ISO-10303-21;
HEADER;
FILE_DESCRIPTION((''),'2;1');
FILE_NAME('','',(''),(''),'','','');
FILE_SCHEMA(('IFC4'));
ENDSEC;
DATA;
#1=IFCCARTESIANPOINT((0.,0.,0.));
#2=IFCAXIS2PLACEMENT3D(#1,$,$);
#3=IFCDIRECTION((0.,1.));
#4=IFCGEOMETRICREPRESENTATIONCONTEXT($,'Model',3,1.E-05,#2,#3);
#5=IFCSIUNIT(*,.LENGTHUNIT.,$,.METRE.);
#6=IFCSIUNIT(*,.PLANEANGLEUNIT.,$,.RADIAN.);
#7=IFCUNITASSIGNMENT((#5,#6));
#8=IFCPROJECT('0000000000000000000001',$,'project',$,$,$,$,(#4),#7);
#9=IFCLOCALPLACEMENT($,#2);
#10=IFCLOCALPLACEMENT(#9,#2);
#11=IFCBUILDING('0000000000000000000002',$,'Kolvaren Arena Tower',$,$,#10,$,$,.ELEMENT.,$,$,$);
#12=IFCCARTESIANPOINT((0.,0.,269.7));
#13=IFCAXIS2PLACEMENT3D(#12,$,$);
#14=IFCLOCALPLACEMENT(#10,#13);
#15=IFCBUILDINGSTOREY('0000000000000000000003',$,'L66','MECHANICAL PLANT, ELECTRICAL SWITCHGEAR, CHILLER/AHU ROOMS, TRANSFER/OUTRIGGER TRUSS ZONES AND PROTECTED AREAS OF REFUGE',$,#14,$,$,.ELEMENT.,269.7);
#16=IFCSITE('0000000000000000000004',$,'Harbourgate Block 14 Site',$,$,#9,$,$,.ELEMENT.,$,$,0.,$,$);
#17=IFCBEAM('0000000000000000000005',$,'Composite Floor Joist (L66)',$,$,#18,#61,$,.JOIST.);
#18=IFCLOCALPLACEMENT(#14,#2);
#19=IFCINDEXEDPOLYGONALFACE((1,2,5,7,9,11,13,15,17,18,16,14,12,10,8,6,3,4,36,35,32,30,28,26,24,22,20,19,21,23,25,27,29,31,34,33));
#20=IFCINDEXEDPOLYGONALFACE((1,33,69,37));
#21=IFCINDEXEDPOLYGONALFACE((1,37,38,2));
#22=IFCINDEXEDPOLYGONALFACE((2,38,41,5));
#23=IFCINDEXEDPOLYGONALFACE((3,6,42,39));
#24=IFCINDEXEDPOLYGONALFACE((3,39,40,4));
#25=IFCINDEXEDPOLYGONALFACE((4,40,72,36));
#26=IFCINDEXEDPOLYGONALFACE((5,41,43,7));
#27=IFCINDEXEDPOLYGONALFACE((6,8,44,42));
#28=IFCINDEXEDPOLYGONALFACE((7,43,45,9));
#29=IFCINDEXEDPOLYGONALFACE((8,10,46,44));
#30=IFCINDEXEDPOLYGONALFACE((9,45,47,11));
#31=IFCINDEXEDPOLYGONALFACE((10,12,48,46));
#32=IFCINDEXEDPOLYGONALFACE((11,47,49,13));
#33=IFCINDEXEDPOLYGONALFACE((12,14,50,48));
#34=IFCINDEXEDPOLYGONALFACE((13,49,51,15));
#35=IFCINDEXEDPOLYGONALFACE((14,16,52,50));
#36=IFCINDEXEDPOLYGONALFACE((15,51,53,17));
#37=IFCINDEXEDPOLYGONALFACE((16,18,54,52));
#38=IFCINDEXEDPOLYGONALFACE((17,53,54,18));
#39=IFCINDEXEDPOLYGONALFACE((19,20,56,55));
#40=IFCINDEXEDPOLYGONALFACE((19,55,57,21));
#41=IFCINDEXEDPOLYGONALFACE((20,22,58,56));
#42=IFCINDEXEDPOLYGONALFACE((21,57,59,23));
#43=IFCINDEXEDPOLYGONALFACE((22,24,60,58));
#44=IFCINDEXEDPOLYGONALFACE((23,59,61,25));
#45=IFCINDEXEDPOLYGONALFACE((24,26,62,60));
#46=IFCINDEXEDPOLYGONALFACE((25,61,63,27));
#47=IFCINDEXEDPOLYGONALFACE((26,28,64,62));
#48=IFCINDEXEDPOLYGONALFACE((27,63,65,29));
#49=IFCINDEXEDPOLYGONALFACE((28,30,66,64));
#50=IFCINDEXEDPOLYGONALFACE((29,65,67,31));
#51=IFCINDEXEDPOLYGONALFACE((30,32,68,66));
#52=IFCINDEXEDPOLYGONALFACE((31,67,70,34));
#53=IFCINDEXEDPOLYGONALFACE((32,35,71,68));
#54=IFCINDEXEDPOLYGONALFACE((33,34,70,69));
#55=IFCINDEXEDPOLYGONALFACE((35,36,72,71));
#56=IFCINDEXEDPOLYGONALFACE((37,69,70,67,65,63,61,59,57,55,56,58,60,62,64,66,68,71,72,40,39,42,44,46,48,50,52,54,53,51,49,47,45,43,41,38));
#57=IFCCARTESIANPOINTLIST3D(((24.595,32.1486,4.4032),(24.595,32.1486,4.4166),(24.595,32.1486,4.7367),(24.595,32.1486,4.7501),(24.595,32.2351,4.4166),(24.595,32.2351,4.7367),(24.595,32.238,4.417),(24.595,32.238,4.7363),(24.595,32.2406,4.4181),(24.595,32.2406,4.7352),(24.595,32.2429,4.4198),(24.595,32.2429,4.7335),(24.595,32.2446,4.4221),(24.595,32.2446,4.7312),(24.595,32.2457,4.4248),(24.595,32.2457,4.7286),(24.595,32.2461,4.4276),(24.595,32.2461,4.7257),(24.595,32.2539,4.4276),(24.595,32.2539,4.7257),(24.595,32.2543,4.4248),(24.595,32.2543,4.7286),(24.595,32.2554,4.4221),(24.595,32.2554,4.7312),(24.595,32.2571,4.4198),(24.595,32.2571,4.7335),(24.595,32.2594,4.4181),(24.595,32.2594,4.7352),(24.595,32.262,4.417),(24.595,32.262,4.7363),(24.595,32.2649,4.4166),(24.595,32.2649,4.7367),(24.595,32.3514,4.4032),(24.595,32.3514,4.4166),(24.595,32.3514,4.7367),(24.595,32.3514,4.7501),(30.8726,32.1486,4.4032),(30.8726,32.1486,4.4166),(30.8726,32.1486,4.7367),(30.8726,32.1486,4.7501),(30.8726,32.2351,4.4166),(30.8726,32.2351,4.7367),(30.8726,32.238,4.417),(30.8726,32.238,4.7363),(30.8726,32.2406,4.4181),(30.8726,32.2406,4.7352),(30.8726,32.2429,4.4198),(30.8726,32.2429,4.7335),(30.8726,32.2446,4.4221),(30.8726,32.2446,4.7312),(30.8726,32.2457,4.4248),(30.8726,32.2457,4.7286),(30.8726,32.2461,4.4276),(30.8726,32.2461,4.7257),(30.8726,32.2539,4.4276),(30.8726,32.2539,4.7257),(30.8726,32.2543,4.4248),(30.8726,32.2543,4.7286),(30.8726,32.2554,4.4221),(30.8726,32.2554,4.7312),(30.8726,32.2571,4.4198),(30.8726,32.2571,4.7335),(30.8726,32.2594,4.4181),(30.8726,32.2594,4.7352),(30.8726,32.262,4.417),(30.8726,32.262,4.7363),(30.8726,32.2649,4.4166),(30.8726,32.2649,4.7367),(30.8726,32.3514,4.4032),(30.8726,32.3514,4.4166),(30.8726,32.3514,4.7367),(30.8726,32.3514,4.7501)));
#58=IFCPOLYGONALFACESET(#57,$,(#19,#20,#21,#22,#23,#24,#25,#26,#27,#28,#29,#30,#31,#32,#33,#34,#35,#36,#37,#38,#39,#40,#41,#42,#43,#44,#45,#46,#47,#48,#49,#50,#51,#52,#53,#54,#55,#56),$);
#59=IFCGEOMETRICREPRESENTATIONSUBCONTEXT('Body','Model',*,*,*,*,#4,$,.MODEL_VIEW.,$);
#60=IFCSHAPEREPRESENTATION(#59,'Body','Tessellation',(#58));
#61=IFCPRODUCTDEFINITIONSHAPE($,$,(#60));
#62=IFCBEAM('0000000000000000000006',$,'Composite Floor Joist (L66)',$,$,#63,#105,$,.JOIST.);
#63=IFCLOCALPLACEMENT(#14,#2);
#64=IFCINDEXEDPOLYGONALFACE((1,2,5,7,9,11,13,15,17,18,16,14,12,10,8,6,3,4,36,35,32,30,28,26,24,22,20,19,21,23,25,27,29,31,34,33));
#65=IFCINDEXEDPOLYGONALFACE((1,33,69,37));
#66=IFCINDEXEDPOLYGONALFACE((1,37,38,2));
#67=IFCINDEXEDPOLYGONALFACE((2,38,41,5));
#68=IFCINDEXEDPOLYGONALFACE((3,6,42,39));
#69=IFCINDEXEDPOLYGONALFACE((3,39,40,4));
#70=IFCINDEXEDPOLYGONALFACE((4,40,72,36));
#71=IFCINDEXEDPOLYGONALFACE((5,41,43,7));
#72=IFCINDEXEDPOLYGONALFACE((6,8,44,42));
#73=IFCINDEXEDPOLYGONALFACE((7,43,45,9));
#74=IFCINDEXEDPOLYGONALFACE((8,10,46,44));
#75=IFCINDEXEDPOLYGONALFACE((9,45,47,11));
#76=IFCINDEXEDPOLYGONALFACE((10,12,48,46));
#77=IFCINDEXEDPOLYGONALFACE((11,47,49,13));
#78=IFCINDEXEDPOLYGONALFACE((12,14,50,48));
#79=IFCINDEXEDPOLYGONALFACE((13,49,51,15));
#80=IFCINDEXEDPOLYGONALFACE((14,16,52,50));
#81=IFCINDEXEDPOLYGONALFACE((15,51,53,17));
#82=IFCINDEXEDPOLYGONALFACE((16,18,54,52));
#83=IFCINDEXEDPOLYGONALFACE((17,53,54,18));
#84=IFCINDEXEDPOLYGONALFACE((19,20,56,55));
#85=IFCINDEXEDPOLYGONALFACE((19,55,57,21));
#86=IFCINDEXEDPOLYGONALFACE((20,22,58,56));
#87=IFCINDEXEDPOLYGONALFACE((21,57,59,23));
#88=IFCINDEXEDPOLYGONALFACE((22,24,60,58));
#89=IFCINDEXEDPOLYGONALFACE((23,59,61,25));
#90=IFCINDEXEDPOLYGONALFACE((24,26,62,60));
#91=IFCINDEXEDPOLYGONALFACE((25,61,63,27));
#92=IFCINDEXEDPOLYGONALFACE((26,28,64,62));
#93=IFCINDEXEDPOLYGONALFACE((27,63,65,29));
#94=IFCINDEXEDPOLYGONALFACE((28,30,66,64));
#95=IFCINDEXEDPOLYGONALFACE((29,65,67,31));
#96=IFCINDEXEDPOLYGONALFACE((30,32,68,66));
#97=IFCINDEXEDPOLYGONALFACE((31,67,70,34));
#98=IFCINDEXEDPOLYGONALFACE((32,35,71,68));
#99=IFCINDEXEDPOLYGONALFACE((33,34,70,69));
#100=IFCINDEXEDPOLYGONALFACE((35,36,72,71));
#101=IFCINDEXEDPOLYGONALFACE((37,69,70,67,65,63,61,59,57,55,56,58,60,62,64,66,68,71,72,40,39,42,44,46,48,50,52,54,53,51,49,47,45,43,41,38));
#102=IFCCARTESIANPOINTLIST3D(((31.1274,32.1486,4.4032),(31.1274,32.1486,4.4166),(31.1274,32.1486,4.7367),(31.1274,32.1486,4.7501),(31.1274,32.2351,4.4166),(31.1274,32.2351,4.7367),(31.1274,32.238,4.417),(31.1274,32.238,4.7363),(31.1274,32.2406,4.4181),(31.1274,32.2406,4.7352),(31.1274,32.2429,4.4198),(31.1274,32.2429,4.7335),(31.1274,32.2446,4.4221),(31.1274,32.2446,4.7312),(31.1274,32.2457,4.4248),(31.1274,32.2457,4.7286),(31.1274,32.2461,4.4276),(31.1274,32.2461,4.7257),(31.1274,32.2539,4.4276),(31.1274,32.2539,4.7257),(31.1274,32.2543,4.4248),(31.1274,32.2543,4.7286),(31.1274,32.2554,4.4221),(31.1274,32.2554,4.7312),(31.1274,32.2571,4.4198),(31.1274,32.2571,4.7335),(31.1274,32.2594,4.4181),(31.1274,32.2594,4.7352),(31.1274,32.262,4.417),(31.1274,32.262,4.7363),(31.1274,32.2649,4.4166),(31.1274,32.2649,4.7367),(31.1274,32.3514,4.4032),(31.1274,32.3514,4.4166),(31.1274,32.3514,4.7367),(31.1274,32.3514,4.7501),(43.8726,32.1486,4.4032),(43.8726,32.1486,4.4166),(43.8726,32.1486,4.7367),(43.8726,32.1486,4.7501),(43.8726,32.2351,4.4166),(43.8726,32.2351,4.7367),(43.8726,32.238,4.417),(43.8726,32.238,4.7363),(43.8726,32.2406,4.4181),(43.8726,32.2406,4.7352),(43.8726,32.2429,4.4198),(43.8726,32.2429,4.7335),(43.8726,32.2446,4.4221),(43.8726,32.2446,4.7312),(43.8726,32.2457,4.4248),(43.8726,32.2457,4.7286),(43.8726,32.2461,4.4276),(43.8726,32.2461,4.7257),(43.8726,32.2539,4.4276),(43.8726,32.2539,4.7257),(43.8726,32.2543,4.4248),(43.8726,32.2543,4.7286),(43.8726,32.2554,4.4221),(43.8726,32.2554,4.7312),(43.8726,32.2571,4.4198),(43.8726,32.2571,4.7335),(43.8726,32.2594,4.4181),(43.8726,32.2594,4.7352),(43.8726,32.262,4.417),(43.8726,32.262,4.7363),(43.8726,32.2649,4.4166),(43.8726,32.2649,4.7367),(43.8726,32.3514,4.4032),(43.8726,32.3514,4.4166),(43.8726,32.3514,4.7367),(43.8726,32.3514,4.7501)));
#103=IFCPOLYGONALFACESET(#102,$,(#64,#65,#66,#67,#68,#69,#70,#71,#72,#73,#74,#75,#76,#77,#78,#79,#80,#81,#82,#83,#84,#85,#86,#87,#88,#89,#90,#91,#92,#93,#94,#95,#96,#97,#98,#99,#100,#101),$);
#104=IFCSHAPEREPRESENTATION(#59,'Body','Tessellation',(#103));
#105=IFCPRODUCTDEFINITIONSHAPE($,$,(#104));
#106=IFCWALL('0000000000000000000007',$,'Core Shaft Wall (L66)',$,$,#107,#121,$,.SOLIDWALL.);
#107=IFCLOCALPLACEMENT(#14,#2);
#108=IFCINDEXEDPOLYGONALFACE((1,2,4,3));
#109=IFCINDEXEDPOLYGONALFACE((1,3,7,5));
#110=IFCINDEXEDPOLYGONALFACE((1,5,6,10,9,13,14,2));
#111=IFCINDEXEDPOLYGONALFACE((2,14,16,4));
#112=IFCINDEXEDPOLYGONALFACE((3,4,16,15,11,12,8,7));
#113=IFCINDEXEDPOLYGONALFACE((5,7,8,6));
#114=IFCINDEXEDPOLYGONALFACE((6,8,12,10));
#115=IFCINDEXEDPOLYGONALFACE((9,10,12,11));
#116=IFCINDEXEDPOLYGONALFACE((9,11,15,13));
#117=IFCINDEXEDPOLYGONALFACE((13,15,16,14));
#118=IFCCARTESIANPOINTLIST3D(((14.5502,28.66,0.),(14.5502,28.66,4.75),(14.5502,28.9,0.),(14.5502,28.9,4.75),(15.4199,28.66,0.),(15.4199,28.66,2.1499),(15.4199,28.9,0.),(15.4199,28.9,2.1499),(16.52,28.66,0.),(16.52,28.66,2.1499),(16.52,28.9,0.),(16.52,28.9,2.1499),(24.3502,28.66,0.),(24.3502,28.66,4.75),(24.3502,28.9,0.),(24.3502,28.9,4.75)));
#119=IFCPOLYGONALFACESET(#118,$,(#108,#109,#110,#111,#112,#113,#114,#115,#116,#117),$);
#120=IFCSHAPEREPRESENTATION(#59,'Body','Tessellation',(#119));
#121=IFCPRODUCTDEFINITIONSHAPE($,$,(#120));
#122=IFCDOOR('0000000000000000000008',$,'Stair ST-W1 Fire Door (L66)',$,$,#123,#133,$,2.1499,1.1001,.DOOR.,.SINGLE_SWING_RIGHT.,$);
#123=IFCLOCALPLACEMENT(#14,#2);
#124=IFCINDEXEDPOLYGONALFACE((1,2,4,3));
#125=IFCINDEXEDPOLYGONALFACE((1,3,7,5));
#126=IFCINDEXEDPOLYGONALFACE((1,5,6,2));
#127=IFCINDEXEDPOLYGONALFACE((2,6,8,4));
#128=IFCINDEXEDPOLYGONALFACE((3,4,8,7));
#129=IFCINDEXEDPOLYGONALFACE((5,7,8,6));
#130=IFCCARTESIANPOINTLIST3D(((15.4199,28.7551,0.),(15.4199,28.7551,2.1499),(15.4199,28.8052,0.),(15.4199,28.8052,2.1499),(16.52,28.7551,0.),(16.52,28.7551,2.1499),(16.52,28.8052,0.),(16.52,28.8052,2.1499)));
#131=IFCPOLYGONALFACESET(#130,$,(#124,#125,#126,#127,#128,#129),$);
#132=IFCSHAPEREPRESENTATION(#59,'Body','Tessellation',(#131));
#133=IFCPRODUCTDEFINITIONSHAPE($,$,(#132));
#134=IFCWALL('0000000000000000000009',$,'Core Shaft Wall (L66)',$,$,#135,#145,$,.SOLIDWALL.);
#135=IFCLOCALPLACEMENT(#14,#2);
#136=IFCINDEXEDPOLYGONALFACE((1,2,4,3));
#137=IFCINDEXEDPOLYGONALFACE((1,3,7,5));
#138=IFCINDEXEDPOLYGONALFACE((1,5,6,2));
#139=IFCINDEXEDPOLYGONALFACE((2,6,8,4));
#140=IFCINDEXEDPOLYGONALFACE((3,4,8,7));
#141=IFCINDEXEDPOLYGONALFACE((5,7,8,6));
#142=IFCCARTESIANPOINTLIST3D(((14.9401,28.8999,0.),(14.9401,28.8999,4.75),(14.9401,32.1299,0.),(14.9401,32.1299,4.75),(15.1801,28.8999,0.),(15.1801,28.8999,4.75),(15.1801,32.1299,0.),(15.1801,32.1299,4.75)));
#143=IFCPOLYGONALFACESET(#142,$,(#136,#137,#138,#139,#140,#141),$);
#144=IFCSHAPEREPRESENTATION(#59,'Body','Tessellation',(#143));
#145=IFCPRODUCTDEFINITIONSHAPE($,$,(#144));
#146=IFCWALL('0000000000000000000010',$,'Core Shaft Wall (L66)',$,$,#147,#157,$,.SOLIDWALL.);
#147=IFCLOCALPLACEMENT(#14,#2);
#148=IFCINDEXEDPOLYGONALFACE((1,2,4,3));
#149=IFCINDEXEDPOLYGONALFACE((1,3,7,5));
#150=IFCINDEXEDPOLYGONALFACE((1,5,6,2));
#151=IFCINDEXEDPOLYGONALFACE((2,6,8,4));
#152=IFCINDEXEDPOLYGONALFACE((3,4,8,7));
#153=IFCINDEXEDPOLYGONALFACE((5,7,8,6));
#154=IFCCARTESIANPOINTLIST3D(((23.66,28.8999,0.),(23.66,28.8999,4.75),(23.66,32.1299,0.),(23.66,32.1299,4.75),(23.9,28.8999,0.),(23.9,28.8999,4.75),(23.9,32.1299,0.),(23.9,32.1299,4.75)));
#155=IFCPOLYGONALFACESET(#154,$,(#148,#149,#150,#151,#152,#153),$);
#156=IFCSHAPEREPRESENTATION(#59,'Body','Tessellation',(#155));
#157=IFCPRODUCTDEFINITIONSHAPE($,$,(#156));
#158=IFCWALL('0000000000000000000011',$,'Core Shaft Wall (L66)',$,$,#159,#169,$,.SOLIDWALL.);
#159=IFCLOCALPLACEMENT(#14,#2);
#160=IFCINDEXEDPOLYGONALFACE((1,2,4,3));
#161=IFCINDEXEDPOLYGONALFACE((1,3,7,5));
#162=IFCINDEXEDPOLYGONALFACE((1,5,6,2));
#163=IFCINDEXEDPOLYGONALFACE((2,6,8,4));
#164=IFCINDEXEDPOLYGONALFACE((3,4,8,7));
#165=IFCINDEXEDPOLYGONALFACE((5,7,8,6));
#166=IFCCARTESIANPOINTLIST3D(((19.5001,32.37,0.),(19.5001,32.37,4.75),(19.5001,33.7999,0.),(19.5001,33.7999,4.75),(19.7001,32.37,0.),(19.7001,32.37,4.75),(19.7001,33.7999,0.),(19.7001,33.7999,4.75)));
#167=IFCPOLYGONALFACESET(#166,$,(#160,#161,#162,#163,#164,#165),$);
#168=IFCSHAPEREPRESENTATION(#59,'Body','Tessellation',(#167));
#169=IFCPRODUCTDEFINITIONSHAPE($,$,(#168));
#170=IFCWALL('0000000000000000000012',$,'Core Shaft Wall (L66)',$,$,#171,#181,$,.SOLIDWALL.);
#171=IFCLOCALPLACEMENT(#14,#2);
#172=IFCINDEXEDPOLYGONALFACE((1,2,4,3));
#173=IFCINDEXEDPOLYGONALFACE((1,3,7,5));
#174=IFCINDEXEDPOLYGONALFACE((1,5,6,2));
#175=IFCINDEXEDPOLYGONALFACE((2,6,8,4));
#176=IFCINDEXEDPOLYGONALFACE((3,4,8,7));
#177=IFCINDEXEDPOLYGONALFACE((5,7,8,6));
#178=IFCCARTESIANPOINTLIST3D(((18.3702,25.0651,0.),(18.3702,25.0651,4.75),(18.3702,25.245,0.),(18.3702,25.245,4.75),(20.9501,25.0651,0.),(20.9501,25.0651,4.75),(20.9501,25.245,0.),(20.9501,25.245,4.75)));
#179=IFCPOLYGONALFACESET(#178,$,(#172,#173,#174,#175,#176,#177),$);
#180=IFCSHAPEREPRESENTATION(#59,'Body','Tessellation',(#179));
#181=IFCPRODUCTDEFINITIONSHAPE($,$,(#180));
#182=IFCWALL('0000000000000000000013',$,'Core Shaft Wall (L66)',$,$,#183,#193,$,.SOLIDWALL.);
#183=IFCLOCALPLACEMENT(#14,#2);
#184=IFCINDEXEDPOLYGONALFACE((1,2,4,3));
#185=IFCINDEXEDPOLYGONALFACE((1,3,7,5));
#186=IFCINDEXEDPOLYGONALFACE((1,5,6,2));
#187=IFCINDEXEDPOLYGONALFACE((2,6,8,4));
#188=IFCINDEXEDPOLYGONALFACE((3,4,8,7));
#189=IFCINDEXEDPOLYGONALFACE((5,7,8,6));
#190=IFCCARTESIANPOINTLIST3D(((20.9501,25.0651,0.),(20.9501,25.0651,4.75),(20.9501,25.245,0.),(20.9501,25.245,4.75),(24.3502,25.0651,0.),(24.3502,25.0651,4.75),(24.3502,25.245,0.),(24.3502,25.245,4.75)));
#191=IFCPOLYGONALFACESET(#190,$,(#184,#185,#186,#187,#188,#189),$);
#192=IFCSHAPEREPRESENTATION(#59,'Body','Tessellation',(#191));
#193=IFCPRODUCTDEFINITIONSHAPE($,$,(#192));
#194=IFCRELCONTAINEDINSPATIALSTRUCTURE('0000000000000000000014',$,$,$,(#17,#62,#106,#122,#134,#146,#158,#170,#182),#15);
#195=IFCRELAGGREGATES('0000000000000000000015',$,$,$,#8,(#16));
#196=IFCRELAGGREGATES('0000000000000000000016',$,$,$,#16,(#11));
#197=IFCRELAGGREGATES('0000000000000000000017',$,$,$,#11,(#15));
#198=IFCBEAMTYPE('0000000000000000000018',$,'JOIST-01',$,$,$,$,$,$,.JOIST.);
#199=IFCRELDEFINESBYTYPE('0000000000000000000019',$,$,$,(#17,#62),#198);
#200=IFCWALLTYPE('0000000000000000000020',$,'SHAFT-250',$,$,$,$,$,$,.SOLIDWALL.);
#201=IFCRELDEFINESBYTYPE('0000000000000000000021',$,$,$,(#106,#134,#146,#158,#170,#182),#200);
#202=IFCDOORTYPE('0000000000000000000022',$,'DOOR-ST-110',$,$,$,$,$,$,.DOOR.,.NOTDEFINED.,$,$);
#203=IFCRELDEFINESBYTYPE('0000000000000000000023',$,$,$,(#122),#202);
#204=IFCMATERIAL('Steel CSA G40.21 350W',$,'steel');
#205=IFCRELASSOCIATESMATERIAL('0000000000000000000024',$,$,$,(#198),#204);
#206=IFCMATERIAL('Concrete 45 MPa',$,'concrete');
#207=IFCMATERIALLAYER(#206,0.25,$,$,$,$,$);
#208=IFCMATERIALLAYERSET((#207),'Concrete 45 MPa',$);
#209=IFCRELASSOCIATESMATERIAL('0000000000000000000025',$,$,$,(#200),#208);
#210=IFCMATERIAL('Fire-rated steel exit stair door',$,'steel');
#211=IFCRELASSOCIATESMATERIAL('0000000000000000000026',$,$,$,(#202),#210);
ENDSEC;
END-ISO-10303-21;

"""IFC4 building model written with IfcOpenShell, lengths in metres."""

from ifc_helpers import new_model, si_unit, direction, frame, frame_2d, origin, origin_2d, place, context, subcontext, project, spatial, rectangle, i_section, extrude, material, layer, layer_set, material_profile, profile_set, type_object, element, fill, save


model = new_model("IFC4")

# Units and contexts
model_context = context("Model", 3, precision=1e-05, world=origin(), true_north=direction((0.0, 1.0)))
body_context = subcontext(model_context, "Body", "Model", "MODEL_VIEW")
ifc_project = project(units=[si_unit("LENGTHUNIT", "METRE"), si_unit("PLANEANGLEUNIT", "RADIAN")], contexts=[model_context])

# Site, building, storey
site_placement = place(None, origin())
site = spatial("IfcSite", under=ifc_project, at=site_placement, Name="Harbourgate Block 14 Site", CompositionType="ELEMENT", RefElevation=0.0)
building_placement = place(site_placement, origin())
building = spatial("IfcBuilding", under=site, at=building_placement, Name="Kolvaren Arena Tower", CompositionType="ELEMENT")
storey_placement = place(building_placement, frame((0.0, 0.0, 269.7)))
storey = spatial("IfcBuildingStorey", under=building, at=storey_placement, Name="L66", Description="MECHANICAL PLANT, ELECTRICAL SWITCHGEAR, CHILLER/AHU ROOMS, TRANSFER/OUTRIGGER TRUSS ZONES AND PROTECTED AREAS OF REFUGE", CompositionType="ELEMENT", Elevation=269.7)

# Beams
ifc_material_1 = material(Name="Steel CSA G40.21 350W", Category="steel")
ifc_material_profile_1 = material_profile(ifc_material_1, i_section(OverallWidth=0.2029, OverallDepth=0.3469, WebThickness=0.0078, FlangeThickness=0.0134, FilletRadius=0.011, at=origin_2d()), Name="W360x64")
ifc_profile_set_1 = profile_set([ifc_material_profile_1], Name="Steel CSA G40.21 350W")
beam_type_1 = type_object("IfcBeamType", Name="JOIST-01", PredefinedType="JOIST", material=ifc_profile_set_1)
for number, where, z_axis, x_axis, name in (
    (1, (24.595, 32.25, 4.5767), (1.0, 0.0, 0.0), (0.0, 1.0, 0.0), "Composite Floor Joist (L66)"),
):
    element("IfcBeam", number, at=place(storey_placement, frame(where, z_axis=z_axis, x_axis=x_axis)), inside=storey, type_object=beam_type_1, Name=name, PredefinedType="JOIST", context=body_context, shape_type="SweptSolid", body=[
        extrude(i_section(OverallWidth=0.2029, OverallDepth=0.3469, WebThickness=0.0078, FlangeThickness=0.0134, FilletRadius=0.011, at=origin_2d()), origin(), (0.0, 0.0, 1.0), 6.2776),
    ])
beam_1_placement = place(storey_placement, frame((31.1274, 32.25, 4.5767), z_axis=(1.0, 0.0, 0.0), x_axis=(0.0, 1.0, 0.0)))
element("IfcBeam", 2, at=beam_1_placement, inside=storey, type_object=beam_type_1, Name="Composite Floor Joist (L66)", PredefinedType="JOIST", context=body_context, shape_type="SweptSolid", body=[
    extrude(i_section(OverallWidth=0.2029, OverallDepth=0.3469, WebThickness=0.0078, FlangeThickness=0.0134, FilletRadius=0.011, at=origin_2d()), origin(), (0.0, 0.0, 1.0), 12.7451),
])

# Wall, opening, door
ifc_material_2 = material(Name="Concrete 45 MPa", Category="concrete")
ifc_layer = layer(ifc_material_2, 0.25)
ifc_layer_set = layer_set([ifc_layer], Name="Concrete 45 MPa")
wall_type = type_object("IfcWallType", Name="SHAFT-250", PredefinedType="SOLIDWALL", material=ifc_layer_set)
wall_1_placement = place(storey_placement, frame((24.3501, 28.78, 0.0), z_axis=(0.0, 0.0, 1.0), x_axis=(-1.0, 0.0, 0.0)))
wall_1 = element("IfcWall", 3, at=wall_1_placement, inside=storey, type_object=wall_type, Name="Core Shaft Wall (L66)", PredefinedType="SOLIDWALL", context=body_context, shape_type="SweptSolid", body=[
    extrude(rectangle(XDim=9.8, YDim=0.24, at=frame_2d((4.8999, 0.0))), origin(), (0.0, 0.0, 1.0), 4.75),
])
opening_1_placement = place(wall_1_placement, frame((7.8301, 0.0, 0.0)))
opening_1 = element("IfcOpeningElement", 4, at=opening_1_placement, cuts=wall_1, PredefinedType="OPENING", context=body_context, shape_type="SweptSolid", body=[
    extrude(rectangle(XDim=1.1001, YDim=2.1499, at=frame_2d((0.55, 1.075))), frame((0.0, 0.1299, 0.0), z_axis=(0.0, -1.0, 0.0), x_axis=(1.0, 0.0, 0.0)), (0.0, 0.0, 1.0), 0.26),
])
ifc_material_3 = material(Name="Fire-rated steel exit stair door", Category="steel")
door_type_1 = type_object("IfcDoorType", Name="DOOR-ST-110", OperationType="NOTDEFINED", PredefinedType="DOOR", material=ifc_material_3)
door_1_placement = place(opening_1_placement, origin())
door_1 = element("IfcDoor", 5, at=door_1_placement, inside=storey, type_object=door_type_1, Name="Stair ST-W1 Fire Door (L66)", OperationType="SINGLE_SWING_RIGHT", OverallHeight=2.1499, OverallWidth=1.1001, PredefinedType="DOOR", context=body_context, shape_type="SweptSolid", body=[
    extrude(rectangle(XDim=1.1001, YDim=2.1499, at=frame_2d((0.55, 1.075))), frame((0.0, 0.0249, 0.0), z_axis=(0.0, -1.0, 0.0), x_axis=(1.0, 0.0, 0.0)), (0.0, 0.0, 1.0), 0.05),
])
fill(opening_1, door_1)

# Walls
for number, where, z_axis, x_axis, name in (
    (6, (15.0601, 28.8999, 0.0), (0.0, 0.0, 1.0), (0.0, 1.0, 0.0), "Core Shaft Wall (L66)"),
    (7, (23.78, 28.8999, 0.0), (0.0, 0.0, 1.0), (0.0, 1.0, 0.0), "Core Shaft Wall (L66)"),
):
    element("IfcWall", number, at=place(storey_placement, frame(where, z_axis=z_axis, x_axis=x_axis)), inside=storey, type_object=wall_type, Name=name, PredefinedType="SOLIDWALL", context=body_context, shape_type="SweptSolid", body=[
        extrude(rectangle(XDim=3.23, YDim=0.24, at=frame_2d((1.615, 0.0))), origin(), (0.0, 0.0, 1.0), 4.75),
    ])
wall_2_placement = place(storey_placement, frame((19.6001, 32.3701, 0.0), z_axis=(0.0, 0.0, 1.0), x_axis=(0.0, 1.0, 0.0)))
element("IfcWall", 8, at=wall_2_placement, inside=storey, type_object=wall_type, Name="Core Shaft Wall (L66)", PredefinedType="SOLIDWALL", context=body_context, shape_type="SweptSolid", body=[
    extrude(rectangle(XDim=1.4299, YDim=0.2, at=frame_2d((0.7148, 0.0))), origin(), (0.0, 0.0, 1.0), 4.75),
])
wall_3_placement = place(storey_placement, frame((18.3701, 25.155, 0.0), z_axis=(0.0, 0.0, 1.0), x_axis=(1.0, 0.0, 0.0)))
element("IfcWall", 9, at=wall_3_placement, inside=storey, type_object=wall_type, Name="Core Shaft Wall (L66)", PredefinedType="SOLIDWALL", context=body_context, shape_type="SweptSolid", body=[
    extrude(rectangle(XDim=2.5798, YDim=0.1799, at=frame_2d((1.29, 0.0))), origin(), (0.0, 0.0, 1.0), 4.75),
])
wall_4_placement = place(storey_placement, frame((20.95, 25.155, 0.0), z_axis=(0.0, 0.0, 1.0), x_axis=(1.0, 0.0, 0.0)))
element("IfcWall", 10, at=wall_4_placement, inside=storey, type_object=wall_type, Name="Core Shaft Wall (L66)", PredefinedType="SOLIDWALL", context=body_context, shape_type="SweptSolid", body=[
    extrude(rectangle(XDim=3.4001, YDim=0.1799, at=frame_2d((1.7002, 0.0))), origin(), (0.0, 0.0, 1.0), 4.75),
])

save(model, "model.ifc")
